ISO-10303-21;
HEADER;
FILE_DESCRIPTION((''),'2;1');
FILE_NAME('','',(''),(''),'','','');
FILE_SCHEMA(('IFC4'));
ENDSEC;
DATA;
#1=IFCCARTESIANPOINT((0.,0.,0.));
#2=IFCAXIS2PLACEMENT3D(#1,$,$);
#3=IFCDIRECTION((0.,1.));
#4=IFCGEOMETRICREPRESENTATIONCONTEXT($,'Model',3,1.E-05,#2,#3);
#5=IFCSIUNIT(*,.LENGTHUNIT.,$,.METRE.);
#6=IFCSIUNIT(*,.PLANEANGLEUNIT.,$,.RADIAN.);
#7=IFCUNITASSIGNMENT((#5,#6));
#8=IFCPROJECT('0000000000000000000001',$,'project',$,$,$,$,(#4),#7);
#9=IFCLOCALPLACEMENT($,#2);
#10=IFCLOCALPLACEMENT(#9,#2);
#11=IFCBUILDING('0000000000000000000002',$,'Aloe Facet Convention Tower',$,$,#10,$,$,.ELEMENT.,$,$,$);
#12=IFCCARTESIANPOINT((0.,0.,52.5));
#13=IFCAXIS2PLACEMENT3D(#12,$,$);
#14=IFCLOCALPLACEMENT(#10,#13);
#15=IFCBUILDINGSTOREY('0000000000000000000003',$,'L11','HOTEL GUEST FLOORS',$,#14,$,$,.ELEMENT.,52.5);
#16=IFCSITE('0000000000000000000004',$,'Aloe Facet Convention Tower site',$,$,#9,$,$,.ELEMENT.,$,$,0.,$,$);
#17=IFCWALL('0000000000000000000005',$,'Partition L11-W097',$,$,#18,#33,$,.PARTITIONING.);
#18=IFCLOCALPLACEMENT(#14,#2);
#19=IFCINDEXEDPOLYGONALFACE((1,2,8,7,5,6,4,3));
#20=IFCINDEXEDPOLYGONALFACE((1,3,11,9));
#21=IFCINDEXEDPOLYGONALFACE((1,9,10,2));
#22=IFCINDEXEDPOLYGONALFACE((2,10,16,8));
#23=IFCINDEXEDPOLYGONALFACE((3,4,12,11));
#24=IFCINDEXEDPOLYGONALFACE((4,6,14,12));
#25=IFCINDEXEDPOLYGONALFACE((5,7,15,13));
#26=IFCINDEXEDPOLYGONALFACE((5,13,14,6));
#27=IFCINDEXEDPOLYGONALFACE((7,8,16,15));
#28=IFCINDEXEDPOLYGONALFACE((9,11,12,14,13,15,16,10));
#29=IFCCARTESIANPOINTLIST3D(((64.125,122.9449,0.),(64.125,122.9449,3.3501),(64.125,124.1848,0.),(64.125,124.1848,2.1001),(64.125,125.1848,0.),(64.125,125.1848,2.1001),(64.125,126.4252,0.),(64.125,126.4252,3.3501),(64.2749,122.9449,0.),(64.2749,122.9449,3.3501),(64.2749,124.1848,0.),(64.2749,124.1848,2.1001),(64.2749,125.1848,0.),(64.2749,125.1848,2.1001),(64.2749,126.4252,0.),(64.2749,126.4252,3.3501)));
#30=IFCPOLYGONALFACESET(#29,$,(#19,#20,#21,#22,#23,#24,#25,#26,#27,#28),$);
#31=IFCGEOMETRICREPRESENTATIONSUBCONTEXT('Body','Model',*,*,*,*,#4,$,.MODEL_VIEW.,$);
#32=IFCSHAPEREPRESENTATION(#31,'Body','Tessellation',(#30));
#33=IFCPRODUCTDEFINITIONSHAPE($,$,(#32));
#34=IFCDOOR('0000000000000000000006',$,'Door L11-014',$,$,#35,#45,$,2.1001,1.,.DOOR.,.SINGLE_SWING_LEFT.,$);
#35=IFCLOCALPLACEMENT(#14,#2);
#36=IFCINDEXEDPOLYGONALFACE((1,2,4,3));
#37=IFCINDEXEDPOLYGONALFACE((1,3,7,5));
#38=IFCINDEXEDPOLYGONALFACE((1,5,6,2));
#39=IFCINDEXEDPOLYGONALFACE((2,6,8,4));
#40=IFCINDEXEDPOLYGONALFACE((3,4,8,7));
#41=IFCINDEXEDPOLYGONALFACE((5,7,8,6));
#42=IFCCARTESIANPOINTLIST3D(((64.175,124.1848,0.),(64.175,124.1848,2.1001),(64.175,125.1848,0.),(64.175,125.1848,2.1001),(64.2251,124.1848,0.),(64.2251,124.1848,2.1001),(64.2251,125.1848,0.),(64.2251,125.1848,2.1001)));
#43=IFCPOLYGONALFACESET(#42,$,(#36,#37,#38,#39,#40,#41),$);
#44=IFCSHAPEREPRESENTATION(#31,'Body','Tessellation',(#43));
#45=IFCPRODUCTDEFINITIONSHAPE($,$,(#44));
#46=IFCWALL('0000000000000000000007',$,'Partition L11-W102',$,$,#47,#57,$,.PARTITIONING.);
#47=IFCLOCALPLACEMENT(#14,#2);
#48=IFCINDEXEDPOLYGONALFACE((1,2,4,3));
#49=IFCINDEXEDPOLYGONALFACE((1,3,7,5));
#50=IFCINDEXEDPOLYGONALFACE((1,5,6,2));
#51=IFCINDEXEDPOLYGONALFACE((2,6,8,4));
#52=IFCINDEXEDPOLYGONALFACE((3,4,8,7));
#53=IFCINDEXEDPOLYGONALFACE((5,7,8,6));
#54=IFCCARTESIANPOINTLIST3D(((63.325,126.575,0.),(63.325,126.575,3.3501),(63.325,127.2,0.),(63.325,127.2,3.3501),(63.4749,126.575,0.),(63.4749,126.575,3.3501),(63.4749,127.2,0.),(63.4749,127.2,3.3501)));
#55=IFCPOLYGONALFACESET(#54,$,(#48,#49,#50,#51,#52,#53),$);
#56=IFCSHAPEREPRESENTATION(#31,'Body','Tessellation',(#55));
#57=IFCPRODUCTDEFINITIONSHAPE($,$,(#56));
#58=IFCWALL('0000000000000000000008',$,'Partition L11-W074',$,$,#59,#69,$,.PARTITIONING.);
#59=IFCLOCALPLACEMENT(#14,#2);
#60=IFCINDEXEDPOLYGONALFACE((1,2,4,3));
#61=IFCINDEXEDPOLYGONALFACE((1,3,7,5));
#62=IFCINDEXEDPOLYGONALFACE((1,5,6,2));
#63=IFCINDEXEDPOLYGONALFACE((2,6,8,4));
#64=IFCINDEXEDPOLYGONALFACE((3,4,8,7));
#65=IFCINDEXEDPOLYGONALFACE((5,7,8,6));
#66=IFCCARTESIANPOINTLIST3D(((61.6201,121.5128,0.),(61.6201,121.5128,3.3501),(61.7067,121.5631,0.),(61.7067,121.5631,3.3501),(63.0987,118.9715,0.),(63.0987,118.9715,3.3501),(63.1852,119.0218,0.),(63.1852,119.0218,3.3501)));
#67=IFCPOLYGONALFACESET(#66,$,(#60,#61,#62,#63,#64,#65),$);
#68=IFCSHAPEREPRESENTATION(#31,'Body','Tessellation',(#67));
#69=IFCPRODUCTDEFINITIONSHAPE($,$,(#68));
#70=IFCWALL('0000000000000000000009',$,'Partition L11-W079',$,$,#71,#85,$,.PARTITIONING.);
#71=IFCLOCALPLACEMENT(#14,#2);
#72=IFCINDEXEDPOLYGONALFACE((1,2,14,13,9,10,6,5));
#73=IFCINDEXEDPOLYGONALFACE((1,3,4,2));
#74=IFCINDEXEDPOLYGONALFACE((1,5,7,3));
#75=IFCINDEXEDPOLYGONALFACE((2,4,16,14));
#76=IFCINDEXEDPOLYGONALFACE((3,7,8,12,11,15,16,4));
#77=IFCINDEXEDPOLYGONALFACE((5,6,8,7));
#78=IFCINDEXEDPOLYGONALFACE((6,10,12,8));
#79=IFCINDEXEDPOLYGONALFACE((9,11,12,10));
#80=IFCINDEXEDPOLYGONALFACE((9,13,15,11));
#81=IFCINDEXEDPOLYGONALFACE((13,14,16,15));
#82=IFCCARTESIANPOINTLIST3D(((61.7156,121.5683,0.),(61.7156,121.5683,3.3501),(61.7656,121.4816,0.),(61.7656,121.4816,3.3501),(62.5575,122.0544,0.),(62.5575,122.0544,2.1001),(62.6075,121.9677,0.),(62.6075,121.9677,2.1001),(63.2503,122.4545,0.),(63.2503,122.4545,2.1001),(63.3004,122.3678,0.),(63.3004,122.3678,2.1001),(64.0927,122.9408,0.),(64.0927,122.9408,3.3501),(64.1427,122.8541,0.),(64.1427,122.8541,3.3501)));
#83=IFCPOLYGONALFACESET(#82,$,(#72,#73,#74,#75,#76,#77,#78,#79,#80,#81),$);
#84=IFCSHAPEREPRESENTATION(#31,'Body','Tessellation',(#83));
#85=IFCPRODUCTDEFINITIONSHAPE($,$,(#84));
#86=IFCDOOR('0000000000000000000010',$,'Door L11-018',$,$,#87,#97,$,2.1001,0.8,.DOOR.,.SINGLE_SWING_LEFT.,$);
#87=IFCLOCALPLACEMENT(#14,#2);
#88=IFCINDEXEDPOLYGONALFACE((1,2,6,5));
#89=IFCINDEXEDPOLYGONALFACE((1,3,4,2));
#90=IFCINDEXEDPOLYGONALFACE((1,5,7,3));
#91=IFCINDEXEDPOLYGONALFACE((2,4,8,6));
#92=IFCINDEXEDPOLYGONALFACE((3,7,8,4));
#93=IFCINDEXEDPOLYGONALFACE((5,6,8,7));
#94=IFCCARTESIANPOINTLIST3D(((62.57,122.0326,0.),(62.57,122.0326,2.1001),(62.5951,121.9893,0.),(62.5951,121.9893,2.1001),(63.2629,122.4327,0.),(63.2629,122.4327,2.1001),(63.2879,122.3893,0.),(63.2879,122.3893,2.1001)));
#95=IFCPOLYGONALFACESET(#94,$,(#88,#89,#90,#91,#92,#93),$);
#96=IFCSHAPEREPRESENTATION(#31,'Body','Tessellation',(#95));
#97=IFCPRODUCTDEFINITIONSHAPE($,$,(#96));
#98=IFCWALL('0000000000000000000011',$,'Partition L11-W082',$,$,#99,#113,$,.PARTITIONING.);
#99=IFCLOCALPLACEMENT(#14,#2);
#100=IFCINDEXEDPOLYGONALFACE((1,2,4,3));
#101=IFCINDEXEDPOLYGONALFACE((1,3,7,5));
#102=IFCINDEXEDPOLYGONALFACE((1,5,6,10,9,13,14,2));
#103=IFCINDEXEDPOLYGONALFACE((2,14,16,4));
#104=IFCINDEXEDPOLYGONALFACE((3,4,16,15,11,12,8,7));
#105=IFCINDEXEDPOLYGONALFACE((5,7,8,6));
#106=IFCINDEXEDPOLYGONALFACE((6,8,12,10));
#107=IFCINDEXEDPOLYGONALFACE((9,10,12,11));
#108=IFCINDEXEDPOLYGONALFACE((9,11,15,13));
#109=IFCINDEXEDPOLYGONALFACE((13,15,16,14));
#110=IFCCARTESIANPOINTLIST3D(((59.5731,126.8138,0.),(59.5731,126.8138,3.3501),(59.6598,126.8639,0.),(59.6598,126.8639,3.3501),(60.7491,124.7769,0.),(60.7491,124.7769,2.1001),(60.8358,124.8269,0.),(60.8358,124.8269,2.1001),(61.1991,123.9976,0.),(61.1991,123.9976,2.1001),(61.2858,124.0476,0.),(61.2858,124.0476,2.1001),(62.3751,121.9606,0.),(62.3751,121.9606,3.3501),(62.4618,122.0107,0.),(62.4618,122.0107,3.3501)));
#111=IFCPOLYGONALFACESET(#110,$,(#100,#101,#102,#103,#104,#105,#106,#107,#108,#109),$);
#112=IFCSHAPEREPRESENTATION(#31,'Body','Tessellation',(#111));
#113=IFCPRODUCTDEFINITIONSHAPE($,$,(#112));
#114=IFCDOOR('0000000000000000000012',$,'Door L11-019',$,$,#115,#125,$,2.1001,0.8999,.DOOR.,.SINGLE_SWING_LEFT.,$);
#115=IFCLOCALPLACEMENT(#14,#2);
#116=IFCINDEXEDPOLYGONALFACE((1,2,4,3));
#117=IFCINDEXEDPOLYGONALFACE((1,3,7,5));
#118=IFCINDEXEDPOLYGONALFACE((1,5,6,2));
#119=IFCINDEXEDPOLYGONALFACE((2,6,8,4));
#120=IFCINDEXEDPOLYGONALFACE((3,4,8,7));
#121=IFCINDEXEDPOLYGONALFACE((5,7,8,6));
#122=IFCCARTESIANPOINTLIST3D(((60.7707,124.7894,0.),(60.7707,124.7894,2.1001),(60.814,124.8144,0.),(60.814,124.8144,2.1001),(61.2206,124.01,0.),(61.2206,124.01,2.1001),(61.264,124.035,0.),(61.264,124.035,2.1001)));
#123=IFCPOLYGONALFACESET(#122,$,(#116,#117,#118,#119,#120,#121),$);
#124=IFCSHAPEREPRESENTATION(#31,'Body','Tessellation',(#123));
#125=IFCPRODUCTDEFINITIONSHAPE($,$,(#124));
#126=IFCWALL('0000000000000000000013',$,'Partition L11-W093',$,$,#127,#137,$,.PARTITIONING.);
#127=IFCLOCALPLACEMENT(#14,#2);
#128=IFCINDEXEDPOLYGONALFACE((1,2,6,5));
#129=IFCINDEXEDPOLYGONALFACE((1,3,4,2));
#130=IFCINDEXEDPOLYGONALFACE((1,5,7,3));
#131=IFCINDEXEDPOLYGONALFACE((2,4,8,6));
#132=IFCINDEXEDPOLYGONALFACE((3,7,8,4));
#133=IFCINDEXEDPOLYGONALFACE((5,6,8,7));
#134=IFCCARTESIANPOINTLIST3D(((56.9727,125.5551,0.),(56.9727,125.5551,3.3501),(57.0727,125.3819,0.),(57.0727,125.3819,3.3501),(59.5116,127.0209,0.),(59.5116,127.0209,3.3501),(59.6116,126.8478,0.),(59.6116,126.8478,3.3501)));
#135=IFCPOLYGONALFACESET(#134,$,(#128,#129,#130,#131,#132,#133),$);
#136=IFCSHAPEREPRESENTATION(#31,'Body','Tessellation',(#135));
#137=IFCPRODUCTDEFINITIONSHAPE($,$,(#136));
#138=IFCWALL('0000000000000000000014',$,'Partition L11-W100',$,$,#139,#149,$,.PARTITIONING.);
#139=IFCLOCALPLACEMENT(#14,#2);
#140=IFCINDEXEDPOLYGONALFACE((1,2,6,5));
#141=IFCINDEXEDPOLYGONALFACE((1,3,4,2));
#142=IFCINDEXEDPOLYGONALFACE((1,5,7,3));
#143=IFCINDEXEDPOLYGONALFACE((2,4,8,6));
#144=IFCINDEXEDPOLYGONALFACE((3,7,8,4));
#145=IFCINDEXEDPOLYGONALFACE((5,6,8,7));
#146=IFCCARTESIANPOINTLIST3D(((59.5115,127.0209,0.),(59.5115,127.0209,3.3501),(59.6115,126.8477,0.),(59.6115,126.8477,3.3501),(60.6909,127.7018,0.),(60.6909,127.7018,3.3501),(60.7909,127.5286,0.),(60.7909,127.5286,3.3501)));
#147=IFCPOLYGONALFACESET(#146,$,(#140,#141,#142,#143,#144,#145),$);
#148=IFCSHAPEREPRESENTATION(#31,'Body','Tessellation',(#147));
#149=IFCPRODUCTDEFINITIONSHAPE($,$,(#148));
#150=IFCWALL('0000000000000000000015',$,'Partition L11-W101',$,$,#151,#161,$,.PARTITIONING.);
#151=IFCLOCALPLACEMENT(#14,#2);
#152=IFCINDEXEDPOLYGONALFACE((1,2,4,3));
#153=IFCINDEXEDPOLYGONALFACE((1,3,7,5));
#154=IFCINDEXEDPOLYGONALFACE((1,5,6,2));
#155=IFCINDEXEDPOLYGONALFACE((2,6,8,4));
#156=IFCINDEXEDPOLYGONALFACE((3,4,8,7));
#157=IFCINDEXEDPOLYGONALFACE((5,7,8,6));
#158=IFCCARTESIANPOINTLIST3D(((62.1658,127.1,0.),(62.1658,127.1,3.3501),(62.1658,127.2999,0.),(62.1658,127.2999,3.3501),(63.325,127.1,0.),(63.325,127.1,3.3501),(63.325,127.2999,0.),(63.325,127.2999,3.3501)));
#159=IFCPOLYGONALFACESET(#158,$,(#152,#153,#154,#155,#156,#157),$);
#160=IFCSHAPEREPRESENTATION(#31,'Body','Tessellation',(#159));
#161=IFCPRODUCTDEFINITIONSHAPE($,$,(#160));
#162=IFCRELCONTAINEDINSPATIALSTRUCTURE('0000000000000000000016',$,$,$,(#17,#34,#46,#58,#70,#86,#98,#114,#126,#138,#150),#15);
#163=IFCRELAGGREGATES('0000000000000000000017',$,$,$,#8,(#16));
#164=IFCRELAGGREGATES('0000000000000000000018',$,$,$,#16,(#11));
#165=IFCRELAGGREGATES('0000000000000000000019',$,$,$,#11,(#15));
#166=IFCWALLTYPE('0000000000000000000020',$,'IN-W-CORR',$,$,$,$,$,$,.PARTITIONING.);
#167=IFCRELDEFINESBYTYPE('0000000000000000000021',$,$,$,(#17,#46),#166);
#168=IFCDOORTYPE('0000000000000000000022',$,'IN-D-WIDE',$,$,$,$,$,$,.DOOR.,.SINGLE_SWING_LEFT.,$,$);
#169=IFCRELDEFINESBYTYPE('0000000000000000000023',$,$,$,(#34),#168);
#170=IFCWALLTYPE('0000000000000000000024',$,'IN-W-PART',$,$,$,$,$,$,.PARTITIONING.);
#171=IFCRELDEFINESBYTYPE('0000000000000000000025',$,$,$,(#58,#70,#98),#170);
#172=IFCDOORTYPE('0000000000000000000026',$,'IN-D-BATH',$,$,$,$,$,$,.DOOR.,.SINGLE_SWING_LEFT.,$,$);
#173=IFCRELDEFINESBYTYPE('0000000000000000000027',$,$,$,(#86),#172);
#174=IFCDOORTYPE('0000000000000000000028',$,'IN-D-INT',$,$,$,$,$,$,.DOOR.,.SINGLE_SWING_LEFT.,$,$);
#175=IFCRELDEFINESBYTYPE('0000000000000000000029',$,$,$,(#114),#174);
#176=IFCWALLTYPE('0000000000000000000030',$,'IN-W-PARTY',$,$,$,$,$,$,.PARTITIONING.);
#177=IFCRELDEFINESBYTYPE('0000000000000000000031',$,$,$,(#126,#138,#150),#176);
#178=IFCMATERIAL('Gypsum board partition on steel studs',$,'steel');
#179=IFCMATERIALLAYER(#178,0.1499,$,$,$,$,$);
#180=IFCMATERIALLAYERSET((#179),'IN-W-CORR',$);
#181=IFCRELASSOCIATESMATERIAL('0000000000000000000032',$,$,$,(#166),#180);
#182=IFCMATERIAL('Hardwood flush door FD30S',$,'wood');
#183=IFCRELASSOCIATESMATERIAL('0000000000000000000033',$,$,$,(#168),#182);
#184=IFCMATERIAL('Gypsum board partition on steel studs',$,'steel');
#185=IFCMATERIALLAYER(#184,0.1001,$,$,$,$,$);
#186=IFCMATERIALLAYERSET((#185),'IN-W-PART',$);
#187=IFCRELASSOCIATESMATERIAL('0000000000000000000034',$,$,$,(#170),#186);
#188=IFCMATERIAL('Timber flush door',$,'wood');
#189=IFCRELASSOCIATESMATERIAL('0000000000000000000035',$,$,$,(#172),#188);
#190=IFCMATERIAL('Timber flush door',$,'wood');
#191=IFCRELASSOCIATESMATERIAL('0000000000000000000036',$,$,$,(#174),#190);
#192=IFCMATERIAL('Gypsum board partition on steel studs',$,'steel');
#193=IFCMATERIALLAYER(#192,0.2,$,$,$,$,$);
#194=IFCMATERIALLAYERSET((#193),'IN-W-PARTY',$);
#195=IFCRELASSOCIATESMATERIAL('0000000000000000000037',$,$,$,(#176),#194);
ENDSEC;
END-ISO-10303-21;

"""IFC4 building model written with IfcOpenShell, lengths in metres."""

from ifc_helpers import new_model, si_unit, direction, frame, frame_2d, origin, place, context, subcontext, project, spatial, rectangle, extrude, material, layer, layer_set, type_object, element, fill, save


model = new_model("IFC4")

# Units and contexts
model_context = context("Model", 3, precision=1e-05, world=origin(), true_north=direction((0.0, 1.0)))
body_context = subcontext(model_context, "Body", "Model", "MODEL_VIEW")
ifc_project = project(units=[si_unit("LENGTHUNIT", "METRE"), si_unit("PLANEANGLEUNIT", "RADIAN")], contexts=[model_context])

# Site, building, storey
site_placement = place(None, origin())
site = spatial("IfcSite", under=ifc_project, at=site_placement, Name="Aloe Facet Convention Tower site", CompositionType="ELEMENT", RefElevation=0.0)
building_placement = place(site_placement, origin())
building = spatial("IfcBuilding", under=site, at=building_placement, Name="Aloe Facet Convention Tower", CompositionType="ELEMENT")
storey_placement = place(building_placement, frame((0.0, 0.0, 52.5)))
storey = spatial("IfcBuildingStorey", under=building, at=storey_placement, Name="L11", Description="HOTEL GUEST FLOORS", CompositionType="ELEMENT", Elevation=52.5)

# Shared definitions
ifc_material_1 = material(Name="Gypsum board partition on steel studs", Category="steel")
ifc_layer_1 = layer(ifc_material_1, 0.1499)
ifc_layer_set_1 = layer_set([ifc_layer_1], Name="IN-W-CORR")
wall_type_1 = type_object("IfcWallType", Name="IN-W-CORR", PredefinedType="PARTITIONING", material=ifc_layer_set_1)

# Wall, opening, door
wall_1_placement = place(storey_placement, frame((64.2, 122.9448, 0.0), z_axis=(0.0, 0.0, 1.0), x_axis=(0.0, 1.0, 0.0)))
wall_1 = element("IfcWall", 1, at=wall_1_placement, inside=storey, type_object=wall_type_1, Name="Partition L11-W097", PredefinedType="PARTITIONING", context=body_context, shape_type="SweptSolid", body=[
    extrude(rectangle(XDim=3.4802, YDim=0.1499, at=frame_2d((1.7402, 0.0))), origin(), (0.0, 0.0, 1.0), 3.3501),
])
opening_1_placement = place(wall_1_placement, frame((1.24, 0.0, 0.0)))
opening_1 = element("IfcOpeningElement", 2, at=opening_1_placement, cuts=wall_1, PredefinedType="OPENING", context=body_context, shape_type="SweptSolid", body=[
    extrude(rectangle(XDim=1.0, YDim=2.1001, at=frame_2d((0.5, 1.05))), frame((0.0, 0.085, 0.0), z_axis=(0.0, -1.0, 0.0), x_axis=(1.0, 0.0, 0.0)), (0.0, 0.0, 1.0), 0.1699),
])
ifc_material_2 = material(Name="Hardwood flush door FD30S", Category="wood")
door_type_1 = type_object("IfcDoorType", Name="IN-D-WIDE", OperationType="SINGLE_SWING_LEFT", PredefinedType="DOOR", material=ifc_material_2)
door_1_placement = place(opening_1_placement, origin())
door_1 = element("IfcDoor", 3, at=door_1_placement, inside=storey, type_object=door_type_1, Name="Door L11-014", OperationType="SINGLE_SWING_LEFT", OverallHeight=2.1001, OverallWidth=1.0, PredefinedType="DOOR", context=body_context, shape_type="SweptSolid", body=[
    extrude(rectangle(XDim=1.0, YDim=2.1001, at=frame_2d((0.5, 1.05))), frame((0.0, 0.0249, 0.0), z_axis=(0.0, -1.0, 0.0), x_axis=(1.0, 0.0, 0.0)), (0.0, 0.0, 1.0), 0.05),
])
fill(opening_1, door_1)

# Walls
wall_2_placement = place(storey_placement, frame((63.3999, 126.575, 0.0), z_axis=(0.0, 0.0, 1.0), x_axis=(0.0, 1.0, 0.0)))
element("IfcWall", 4, at=wall_2_placement, inside=storey, type_object=wall_type_1, Name="Partition L11-W102", PredefinedType="PARTITIONING", context=body_context, shape_type="SweptSolid", body=[
    extrude(rectangle(XDim=0.625, YDim=0.1499, at=frame_2d((0.3125, 0.0))), origin(), (0.0, 0.0, 1.0), 3.3501),
])
ifc_material_3 = material(Name="Gypsum board partition on steel studs", Category="steel")
ifc_layer_2 = layer(ifc_material_3, 0.1001)
ifc_layer_set_2 = layer_set([ifc_layer_2], Name="IN-W-PART")
wall_type_2 = type_object("IfcWallType", Name="IN-W-PART", PredefinedType="PARTITIONING", material=ifc_layer_set_2)
wall_3_placement = place(storey_placement, frame((61.6633, 121.5381, 0.0), z_axis=(0.0, 0.0, 1.0), x_axis=(0.502885, -0.864354, 0.0)))
element("IfcWall", 5, at=wall_3_placement, inside=storey, type_object=wall_type_2, Name="Partition L11-W074", PredefinedType="PARTITIONING", context=body_context, shape_type="SweptSolid", body=[
    extrude(rectangle(XDim=2.9402, YDim=0.1001, at=frame_2d((1.4702, 0.0))), origin(), (0.0, 0.0, 1.0), 3.3501),
])

# Walls, openings, doors
wall_4_placement = place(storey_placement, frame((61.7405, 121.5249, 0.0), z_axis=(0.0, 0.0, 1.0), x_axis=(0.866012, 0.500023, 0.0)))
wall_4 = element("IfcWall", 6, at=wall_4_placement, inside=storey, type_object=wall_type_2, Name="Partition L11-W079", PredefinedType="PARTITIONING", context=body_context, shape_type="SweptSolid", body=[
    extrude(rectangle(XDim=2.7449, YDim=0.1001, at=frame_2d((1.3726, 0.0))), origin(), (0.0, 0.0, 1.0), 3.3501),
])
opening_2_placement = place(wall_4_placement, frame((0.9724, 0.0, 0.0)))
opening_2 = element("IfcOpeningElement", 7, at=opening_2_placement, cuts=wall_4, PredefinedType="OPENING", context=body_context, shape_type="SweptSolid", body=[
    extrude(rectangle(XDim=0.8, YDim=2.1001, at=frame_2d((0.3999, 1.05))), frame((0.0, 0.0601, 0.0), z_axis=(0.0, -1.0, 0.0), x_axis=(1.0, 0.0, 0.0)), (0.0, 0.0, 1.0), 0.1201),
])
ifc_material_4 = material(Name="Timber flush door", Category="wood")
door_type_2 = type_object("IfcDoorType", Name="IN-D-BATH", OperationType="SINGLE_SWING_LEFT", PredefinedType="DOOR", material=ifc_material_4)
door_2_placement = place(opening_2_placement, origin())
door_2 = element("IfcDoor", 8, at=door_2_placement, inside=storey, type_object=door_type_2, Name="Door L11-018", OperationType="SINGLE_SWING_LEFT", OverallHeight=2.1001, OverallWidth=0.8, PredefinedType="DOOR", context=body_context, shape_type="SweptSolid", body=[
    extrude(rectangle(XDim=0.8, YDim=2.1001, at=frame_2d((0.3999, 1.05))), frame((0.0, 0.0249, 0.0), z_axis=(0.0, -1.0, 0.0), x_axis=(1.0, 0.0, 0.0)), (0.0, 0.0, 1.0), 0.05),
])
fill(opening_2, door_2)
wall_5_placement = place(storey_placement, frame((59.6165, 126.8389, 0.0), z_axis=(0.0, 0.0, 1.0), x_axis=(0.499995, -0.866028, 0.0)))
wall_5 = element("IfcWall", 9, at=wall_5_placement, inside=storey, type_object=wall_type_2, Name="Partition L11-W082", PredefinedType="PARTITIONING", context=body_context, shape_type="SweptSolid", body=[
    extrude(rectangle(XDim=5.604, YDim=0.1001, at=frame_2d((2.802, 0.0))), origin(), (0.0, 0.0, 1.0), 3.3501),
])
opening_3_placement = place(wall_5_placement, frame((2.3521, 0.0, 0.0)))
opening_3 = element("IfcOpeningElement", 10, at=opening_3_placement, cuts=wall_5, PredefinedType="OPENING", context=body_context, shape_type="SweptSolid", body=[
    extrude(rectangle(XDim=0.8999, YDim=2.1001, at=frame_2d((0.45, 1.05))), frame((0.0, 0.0601, 0.0), z_axis=(0.0, -1.0, 0.0), x_axis=(1.0, 0.0, 0.0)), (0.0, 0.0, 1.0), 0.1201),
])
ifc_material_5 = material(Name="Timber flush door", Category="wood")
door_type_3 = type_object("IfcDoorType", Name="IN-D-INT", OperationType="SINGLE_SWING_LEFT", PredefinedType="DOOR", material=ifc_material_5)
door_3_placement = place(opening_3_placement, origin())
door_3 = element("IfcDoor", 11, at=door_3_placement, inside=storey, type_object=door_type_3, Name="Door L11-019", OperationType="SINGLE_SWING_LEFT", OverallHeight=2.1001, OverallWidth=0.8999, PredefinedType="DOOR", context=body_context, shape_type="SweptSolid", body=[
    extrude(rectangle(XDim=0.8999, YDim=2.1001, at=frame_2d((0.45, 1.05))), frame((0.0, 0.0249, 0.0), z_axis=(0.0, -1.0, 0.0), x_axis=(1.0, 0.0, 0.0)), (0.0, 0.0, 1.0), 0.05),
])
fill(opening_3, door_3)

# Walls
ifc_material_6 = material(Name="Gypsum board partition on steel studs", Category="steel")
ifc_layer_3 = layer(ifc_material_6, 0.2)
ifc_layer_set_3 = layer_set([ifc_layer_3], Name="IN-W-PARTY")
wall_type_3 = type_object("IfcWallType", Name="IN-W-PARTY", PredefinedType="PARTITIONING", material=ifc_layer_set_3)
wall_6_placement = place(storey_placement, frame((57.0227, 125.4685, 0.0), z_axis=(0.0, 0.0, 1.0), x_axis=(0.866021, 0.500008, 0.0)))
element("IfcWall", 12, at=wall_6_placement, inside=storey, type_object=wall_type_3, Name="Partition L11-W093", PredefinedType="PARTITIONING", context=body_context, shape_type="SweptSolid", body=[
    extrude(rectangle(XDim=2.9316, YDim=0.2, at=frame_2d((1.4658, 0.0))), origin(), (0.0, 0.0, 1.0), 3.3501),
])
wall_7_placement = place(storey_placement, frame((59.5615, 126.9343, 0.0), z_axis=(0.0, 0.0, 1.0), x_axis=(0.866039, 0.499976, 0.0)))
element("IfcWall", 13, at=wall_7_placement, inside=storey, type_object=wall_type_3, Name="Partition L11-W100", PredefinedType="PARTITIONING", context=body_context, shape_type="SweptSolid", body=[
    extrude(rectangle(XDim=1.3618, YDim=0.2, at=frame_2d((0.6809, 0.0))), origin(), (0.0, 0.0, 1.0), 3.3501),
])
wall_8_placement = place(storey_placement, frame((62.1658, 127.2, 0.0), z_axis=(0.0, 0.0, 1.0), x_axis=(1.0, 0.0, 0.0)))
element("IfcWall", 14, at=wall_8_placement, inside=storey, type_object=wall_type_3, Name="Partition L11-W101", PredefinedType="PARTITIONING", context=body_context, shape_type="SweptSolid", body=[
    extrude(rectangle(XDim=1.1592, YDim=0.2, at=frame_2d((0.5796, 0.0))), origin(), (0.0, 0.0, 1.0), 3.3501),
])

save(model, "model.ifc")
